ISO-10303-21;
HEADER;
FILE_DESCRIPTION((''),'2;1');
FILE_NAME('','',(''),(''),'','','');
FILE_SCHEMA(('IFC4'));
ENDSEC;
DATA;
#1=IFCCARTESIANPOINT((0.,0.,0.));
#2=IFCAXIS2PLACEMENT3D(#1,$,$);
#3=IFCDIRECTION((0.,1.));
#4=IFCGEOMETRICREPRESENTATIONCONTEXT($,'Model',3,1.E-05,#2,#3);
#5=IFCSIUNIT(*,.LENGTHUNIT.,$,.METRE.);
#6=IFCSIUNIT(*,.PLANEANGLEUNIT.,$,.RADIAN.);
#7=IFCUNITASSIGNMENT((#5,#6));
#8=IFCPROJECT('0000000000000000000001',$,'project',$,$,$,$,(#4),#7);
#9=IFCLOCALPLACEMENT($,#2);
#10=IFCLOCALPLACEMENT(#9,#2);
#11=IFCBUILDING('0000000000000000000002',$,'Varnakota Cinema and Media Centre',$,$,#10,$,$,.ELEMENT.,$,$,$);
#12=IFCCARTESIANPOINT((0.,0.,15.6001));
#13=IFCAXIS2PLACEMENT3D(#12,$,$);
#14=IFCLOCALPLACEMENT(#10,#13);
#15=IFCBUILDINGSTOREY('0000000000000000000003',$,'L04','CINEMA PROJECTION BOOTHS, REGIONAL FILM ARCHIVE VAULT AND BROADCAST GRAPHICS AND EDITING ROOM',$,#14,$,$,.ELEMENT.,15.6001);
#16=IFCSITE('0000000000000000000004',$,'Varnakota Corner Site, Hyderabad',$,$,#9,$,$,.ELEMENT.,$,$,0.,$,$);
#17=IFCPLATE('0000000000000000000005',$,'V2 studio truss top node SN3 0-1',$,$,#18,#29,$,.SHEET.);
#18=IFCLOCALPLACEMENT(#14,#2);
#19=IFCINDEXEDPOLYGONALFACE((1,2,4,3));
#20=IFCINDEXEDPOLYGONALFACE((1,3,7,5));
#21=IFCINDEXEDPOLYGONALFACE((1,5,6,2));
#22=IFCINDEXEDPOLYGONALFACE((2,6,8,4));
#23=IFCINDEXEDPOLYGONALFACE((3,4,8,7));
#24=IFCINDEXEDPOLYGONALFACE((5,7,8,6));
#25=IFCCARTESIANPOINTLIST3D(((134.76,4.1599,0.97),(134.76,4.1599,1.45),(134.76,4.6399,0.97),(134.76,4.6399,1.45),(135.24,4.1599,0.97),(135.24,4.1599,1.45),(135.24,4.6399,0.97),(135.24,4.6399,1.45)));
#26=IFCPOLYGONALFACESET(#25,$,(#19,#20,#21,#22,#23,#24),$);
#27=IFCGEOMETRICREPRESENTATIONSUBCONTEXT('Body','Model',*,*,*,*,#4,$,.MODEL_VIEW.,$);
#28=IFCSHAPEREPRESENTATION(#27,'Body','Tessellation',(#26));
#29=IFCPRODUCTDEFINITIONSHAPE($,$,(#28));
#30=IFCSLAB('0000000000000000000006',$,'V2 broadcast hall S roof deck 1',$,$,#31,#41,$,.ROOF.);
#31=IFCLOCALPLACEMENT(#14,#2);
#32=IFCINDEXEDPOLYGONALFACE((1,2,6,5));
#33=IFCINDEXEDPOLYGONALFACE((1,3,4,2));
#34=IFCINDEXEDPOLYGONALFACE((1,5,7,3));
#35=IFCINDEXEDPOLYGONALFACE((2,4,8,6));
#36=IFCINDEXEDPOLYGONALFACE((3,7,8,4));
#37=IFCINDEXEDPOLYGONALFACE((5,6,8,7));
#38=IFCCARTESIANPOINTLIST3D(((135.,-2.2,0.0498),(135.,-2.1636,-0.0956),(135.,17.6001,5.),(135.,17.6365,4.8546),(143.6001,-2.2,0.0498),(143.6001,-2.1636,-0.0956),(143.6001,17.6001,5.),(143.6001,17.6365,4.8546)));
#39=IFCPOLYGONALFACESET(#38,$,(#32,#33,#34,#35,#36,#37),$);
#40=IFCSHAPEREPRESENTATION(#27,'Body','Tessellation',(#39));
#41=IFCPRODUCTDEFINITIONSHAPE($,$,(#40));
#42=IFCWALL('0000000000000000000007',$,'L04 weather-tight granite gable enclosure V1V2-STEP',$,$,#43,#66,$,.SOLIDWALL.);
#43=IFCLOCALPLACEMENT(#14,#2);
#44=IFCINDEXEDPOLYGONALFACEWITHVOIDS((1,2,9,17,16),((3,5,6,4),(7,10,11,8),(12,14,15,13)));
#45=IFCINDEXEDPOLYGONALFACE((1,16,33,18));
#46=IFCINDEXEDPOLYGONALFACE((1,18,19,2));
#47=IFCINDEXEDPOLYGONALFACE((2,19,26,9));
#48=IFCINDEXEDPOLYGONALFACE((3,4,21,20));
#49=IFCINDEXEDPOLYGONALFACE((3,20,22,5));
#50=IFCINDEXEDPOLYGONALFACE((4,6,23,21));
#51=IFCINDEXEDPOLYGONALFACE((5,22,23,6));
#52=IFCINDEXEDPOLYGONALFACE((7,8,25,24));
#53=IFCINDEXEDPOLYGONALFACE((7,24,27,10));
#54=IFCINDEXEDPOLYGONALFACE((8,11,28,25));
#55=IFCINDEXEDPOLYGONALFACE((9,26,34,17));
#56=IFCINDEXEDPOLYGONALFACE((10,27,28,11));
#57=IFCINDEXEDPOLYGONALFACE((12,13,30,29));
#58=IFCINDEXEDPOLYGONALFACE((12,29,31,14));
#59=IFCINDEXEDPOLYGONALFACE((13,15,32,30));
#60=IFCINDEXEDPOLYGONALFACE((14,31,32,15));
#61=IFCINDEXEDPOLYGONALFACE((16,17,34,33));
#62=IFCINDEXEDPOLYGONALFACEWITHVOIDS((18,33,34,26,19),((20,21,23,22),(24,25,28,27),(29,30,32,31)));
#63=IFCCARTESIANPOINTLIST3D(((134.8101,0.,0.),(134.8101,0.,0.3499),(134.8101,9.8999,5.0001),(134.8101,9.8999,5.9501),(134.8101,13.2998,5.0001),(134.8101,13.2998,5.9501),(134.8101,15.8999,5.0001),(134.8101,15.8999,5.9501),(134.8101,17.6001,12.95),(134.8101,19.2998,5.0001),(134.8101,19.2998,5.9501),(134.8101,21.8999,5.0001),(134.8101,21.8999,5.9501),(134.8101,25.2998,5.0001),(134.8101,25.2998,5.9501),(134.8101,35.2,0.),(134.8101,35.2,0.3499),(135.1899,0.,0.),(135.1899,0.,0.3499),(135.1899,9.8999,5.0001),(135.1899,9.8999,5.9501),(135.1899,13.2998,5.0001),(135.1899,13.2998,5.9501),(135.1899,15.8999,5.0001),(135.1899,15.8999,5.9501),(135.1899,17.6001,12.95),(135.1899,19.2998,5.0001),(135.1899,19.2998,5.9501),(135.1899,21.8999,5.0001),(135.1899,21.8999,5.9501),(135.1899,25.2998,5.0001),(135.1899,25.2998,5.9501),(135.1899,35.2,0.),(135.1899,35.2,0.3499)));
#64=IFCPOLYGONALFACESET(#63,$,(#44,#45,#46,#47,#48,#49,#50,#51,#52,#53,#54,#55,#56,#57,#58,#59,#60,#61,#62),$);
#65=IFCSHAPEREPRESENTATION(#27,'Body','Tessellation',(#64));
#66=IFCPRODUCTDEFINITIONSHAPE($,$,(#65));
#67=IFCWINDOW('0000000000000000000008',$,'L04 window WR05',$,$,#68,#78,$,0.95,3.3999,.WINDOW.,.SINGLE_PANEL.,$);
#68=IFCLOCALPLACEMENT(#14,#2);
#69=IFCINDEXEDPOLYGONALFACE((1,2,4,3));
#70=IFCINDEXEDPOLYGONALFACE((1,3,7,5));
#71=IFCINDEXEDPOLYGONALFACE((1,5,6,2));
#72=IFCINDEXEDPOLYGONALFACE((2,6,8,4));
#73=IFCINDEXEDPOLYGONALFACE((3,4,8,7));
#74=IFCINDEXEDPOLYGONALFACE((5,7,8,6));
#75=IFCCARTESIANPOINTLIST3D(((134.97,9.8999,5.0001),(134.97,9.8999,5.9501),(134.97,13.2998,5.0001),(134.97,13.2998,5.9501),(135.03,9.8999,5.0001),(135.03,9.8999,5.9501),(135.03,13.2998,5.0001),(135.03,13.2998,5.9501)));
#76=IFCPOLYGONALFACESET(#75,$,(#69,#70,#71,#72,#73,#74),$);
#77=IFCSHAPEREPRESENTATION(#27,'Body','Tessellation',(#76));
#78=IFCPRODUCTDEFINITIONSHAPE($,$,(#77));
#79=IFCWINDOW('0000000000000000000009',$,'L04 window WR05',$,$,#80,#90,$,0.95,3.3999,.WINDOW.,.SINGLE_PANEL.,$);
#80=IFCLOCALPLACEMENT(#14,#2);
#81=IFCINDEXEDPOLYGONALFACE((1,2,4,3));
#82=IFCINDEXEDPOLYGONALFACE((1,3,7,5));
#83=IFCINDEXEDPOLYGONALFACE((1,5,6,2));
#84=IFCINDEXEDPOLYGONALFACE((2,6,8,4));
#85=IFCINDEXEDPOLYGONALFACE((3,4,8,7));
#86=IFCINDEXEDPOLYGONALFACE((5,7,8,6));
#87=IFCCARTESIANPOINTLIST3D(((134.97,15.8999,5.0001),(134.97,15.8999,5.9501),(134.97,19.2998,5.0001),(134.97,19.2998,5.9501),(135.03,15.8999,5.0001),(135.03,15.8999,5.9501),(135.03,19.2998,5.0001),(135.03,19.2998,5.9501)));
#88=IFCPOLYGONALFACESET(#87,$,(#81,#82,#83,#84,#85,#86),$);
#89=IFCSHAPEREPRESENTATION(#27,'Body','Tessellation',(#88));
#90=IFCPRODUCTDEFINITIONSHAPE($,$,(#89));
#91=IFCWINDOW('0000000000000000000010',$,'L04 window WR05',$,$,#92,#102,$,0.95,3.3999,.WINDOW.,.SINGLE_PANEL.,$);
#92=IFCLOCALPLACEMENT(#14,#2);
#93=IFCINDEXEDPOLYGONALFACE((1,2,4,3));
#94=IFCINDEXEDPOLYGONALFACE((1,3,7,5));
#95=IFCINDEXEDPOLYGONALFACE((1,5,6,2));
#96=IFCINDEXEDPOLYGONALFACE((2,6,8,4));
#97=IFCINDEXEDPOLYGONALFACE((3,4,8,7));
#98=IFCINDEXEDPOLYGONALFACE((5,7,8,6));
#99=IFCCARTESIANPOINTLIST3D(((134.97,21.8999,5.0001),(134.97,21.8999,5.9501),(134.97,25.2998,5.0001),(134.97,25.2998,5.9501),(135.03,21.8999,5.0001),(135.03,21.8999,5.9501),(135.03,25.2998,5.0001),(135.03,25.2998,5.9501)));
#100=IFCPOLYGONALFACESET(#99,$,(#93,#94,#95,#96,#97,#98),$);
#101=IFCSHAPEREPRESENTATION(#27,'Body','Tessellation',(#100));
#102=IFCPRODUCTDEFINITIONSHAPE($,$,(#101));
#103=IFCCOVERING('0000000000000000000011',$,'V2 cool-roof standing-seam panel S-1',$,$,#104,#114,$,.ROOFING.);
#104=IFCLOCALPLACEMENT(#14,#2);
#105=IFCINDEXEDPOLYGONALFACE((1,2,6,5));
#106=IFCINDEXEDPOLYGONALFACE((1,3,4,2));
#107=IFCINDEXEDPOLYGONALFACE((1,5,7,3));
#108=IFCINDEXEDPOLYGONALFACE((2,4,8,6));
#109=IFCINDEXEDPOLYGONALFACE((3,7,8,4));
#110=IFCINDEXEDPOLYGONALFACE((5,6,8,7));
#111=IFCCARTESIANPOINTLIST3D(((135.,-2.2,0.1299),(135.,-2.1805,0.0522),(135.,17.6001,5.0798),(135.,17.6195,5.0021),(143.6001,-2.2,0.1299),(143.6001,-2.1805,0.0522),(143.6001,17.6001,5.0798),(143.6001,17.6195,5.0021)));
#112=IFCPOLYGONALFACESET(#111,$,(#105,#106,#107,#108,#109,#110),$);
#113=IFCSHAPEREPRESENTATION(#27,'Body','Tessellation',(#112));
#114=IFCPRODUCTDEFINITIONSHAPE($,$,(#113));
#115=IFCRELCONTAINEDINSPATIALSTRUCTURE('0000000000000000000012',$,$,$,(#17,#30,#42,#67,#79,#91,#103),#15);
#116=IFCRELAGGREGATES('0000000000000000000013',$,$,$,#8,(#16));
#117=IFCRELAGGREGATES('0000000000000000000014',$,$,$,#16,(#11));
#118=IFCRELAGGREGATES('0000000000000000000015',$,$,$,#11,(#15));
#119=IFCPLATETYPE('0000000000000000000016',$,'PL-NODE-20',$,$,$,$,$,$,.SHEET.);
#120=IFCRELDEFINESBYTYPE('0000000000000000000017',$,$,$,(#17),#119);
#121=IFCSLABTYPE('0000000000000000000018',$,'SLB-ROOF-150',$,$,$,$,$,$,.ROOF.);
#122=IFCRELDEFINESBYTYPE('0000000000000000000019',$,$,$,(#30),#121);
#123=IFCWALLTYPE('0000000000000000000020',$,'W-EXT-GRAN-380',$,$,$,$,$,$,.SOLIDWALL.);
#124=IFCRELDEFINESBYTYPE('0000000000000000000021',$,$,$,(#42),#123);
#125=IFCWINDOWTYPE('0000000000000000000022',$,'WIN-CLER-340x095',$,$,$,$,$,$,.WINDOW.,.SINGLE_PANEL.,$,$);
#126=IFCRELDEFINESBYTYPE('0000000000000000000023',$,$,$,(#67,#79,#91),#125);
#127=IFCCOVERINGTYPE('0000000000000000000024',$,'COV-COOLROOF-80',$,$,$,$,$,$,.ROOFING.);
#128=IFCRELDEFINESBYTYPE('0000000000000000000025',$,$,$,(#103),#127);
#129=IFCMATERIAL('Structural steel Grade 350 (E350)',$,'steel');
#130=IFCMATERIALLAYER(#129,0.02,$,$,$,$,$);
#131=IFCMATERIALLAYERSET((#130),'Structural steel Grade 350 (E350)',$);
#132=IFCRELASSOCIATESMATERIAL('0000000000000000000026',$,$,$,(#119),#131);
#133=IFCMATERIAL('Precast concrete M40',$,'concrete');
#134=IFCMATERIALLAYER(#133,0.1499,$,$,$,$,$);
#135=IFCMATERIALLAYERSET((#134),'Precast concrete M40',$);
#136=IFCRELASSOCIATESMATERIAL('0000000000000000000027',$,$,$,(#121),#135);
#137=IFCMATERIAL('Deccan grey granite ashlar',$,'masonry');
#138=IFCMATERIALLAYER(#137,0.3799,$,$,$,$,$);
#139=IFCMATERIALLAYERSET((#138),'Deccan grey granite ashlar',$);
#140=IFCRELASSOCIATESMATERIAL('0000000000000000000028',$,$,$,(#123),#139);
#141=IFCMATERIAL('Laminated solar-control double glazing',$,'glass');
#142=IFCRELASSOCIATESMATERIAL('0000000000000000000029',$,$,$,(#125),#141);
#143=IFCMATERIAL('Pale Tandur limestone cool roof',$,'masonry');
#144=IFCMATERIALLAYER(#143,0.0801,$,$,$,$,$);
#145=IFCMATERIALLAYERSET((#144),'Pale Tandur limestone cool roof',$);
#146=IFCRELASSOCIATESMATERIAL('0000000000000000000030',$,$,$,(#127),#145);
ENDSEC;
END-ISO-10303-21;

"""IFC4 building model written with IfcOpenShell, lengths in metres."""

from ifc_helpers import new_model, si_unit, direction, frame, frame_2d, origin, origin_2d, place, context, subcontext, project, spatial, polyline, rectangle, outline, extrude, material, layer, layer_set, type_object, element, fill, save


model = new_model("IFC4")

# Units and contexts
model_context = context("Model", 3, precision=1e-05, world=origin(), true_north=direction((0.0, 1.0)))
body_context = subcontext(model_context, "Body", "Model", "MODEL_VIEW")
ifc_project = project(units=[si_unit("LENGTHUNIT", "METRE"), si_unit("PLANEANGLEUNIT", "RADIAN")], contexts=[model_context])

# Site, building, storey
site_placement = place(None, origin())
site = spatial("IfcSite", under=ifc_project, at=site_placement, Name="Varnakota Corner Site, Hyderabad", CompositionType="ELEMENT", RefElevation=0.0)
building_placement = place(site_placement, origin())
building = spatial("IfcBuilding", under=site, at=building_placement, Name="Varnakota Cinema and Media Centre", CompositionType="ELEMENT")
storey_placement = place(building_placement, frame((0.0, 0.0, 15.6001)))
storey = spatial("IfcBuildingStorey", under=building, at=storey_placement, Name="L04", Description="CINEMA PROJECTION BOOTHS, REGIONAL FILM ARCHIVE VAULT AND BROADCAST GRAPHICS AND EDITING ROOM", CompositionType="ELEMENT", Elevation=15.6001)

# Plate
ifc_material_1 = material(Name="Structural steel Grade 350 (E350)", Category="steel")
ifc_layer_1 = layer(ifc_material_1, 0.02)
ifc_layer_set_1 = layer_set([ifc_layer_1], Name="Structural steel Grade 350 (E350)")
plate_type_1 = type_object("IfcPlateType", Name="PL-NODE-20", PredefinedType="SHEET", material=ifc_layer_set_1)
for number, where, z_axis, x_axis, name in (
    (1, (135.0, 4.3999, 0.97), (0.0, 0.0, 1.0), (1.0, 0.0, 0.0), "V2 studio truss top node SN3 0-1"),
):
    element("IfcPlate", number, at=place(storey_placement, frame(where, z_axis=z_axis, x_axis=x_axis)), inside=storey, type_object=plate_type_1, Name=name, PredefinedType="SHEET", context=body_context, shape_type="SweptSolid", body=[
        extrude(rectangle(XDim=0.48, YDim=0.48, at=origin_2d()), origin(), (0.0, 0.0, 1.0), 0.48),
    ])

# Slab
ifc_material_2 = material(Name="Precast concrete M40", Category="concrete")
ifc_layer_2 = layer(ifc_material_2, 0.1499)
ifc_layer_set_2 = layer_set([ifc_layer_2], Name="Precast concrete M40")
slab_type = type_object("IfcSlabType", Name="SLB-ROOF-150", PredefinedType="ROOF", material=ifc_layer_set_2)
slab_placement = place(storey_placement, frame((135.0, -2.2, 0.0498), z_axis=(0.0, -0.242544, 0.97014), x_axis=(1.0, 0.0, 0.0)))
element("IfcSlab", 2, at=slab_placement, inside=storey, type_object=slab_type, Name="V2 broadcast hall S roof deck 1", PredefinedType="ROOF", context=body_context, shape_type="SweptSolid", body=[
    extrude(outline(polyline([(0.0, 0.0), (8.6001, 0.0), (8.6001, 20.4095), (0.0, 20.4095), (0.0, 0.0)])), origin(), (0.0, 0.0, -1.0), 0.1499),
])

# Wall, openings, windows
ifc_material_3 = material(Name="Deccan grey granite ashlar", Category="masonry")
ifc_layer_3 = layer(ifc_material_3, 0.3799)
ifc_layer_set_3 = layer_set([ifc_layer_3], Name="Deccan grey granite ashlar")
wall_type = type_object("IfcWallType", Name="W-EXT-GRAN-380", PredefinedType="SOLIDWALL", material=ifc_layer_set_3)
wall_placement = place(storey_placement, frame((135.0, 0.0, 0.0), z_axis=(0.0, 0.0, 1.0), x_axis=(0.0, 1.0, 0.0)))
wall = element("IfcWall", 3, at=wall_placement, inside=storey, type_object=wall_type, Name="L04 weather-tight granite gable enclosure V1V2-STEP", PredefinedType="SOLIDWALL", context=body_context, shape_type="SweptSolid", body=[
    extrude(outline(polyline([(0.0, 0.0), (35.2, 0.0), (35.2, 0.3499), (17.6001, 12.95), (0.0, 0.3499), (0.0, 0.0)])), frame((0.0, 0.1899, 0.0), z_axis=(0.0, -1.0, 0.0), x_axis=(1.0, 0.0, 0.0)), (0.0, 0.0, 1.0), 0.3799),
])
opening_1_placement = place(wall_placement, frame((9.8999, 0.0, 5.0)))
opening_1 = element("IfcOpeningElement", 4, at=opening_1_placement, cuts=wall, PredefinedType="OPENING", context=body_context, shape_type="SweptSolid", body=[
    extrude(rectangle(XDim=3.3999, YDim=0.95, at=frame_2d((1.7, 0.4751))), frame((0.0, 0.1899, 0.0), z_axis=(0.0, -1.0, 0.0), x_axis=(1.0, 0.0, 0.0)), (0.0, 0.0, 1.0), 0.3799),
])
opening_2_placement = place(wall_placement, frame((15.8999, 0.0, 5.0)))
opening_2 = element("IfcOpeningElement", 5, at=opening_2_placement, cuts=wall, PredefinedType="OPENING", context=body_context, shape_type="SweptSolid", body=[
    extrude(rectangle(XDim=3.3999, YDim=0.95, at=frame_2d((1.7, 0.4751))), frame((0.0, 0.1899, 0.0), z_axis=(0.0, -1.0, 0.0), x_axis=(1.0, 0.0, 0.0)), (0.0, 0.0, 1.0), 0.3799),
])
opening_3_placement = place(wall_placement, frame((21.8999, 0.0, 5.0)))
opening_3 = element("IfcOpeningElement", 6, at=opening_3_placement, cuts=wall, PredefinedType="OPENING", context=body_context, shape_type="SweptSolid", body=[
    extrude(rectangle(XDim=3.3999, YDim=0.95, at=frame_2d((1.7, 0.4751))), frame((0.0, 0.1899, 0.0), z_axis=(0.0, -1.0, 0.0), x_axis=(1.0, 0.0, 0.0)), (0.0, 0.0, 1.0), 0.3799),
])
ifc_material_4 = material(Name="Laminated solar-control double glazing", Category="glass")
window_type = type_object("IfcWindowType", Name="WIN-CLER-340x095", PartitioningType="SINGLE_PANEL", PredefinedType="WINDOW", material=ifc_material_4)
window_1_placement = place(opening_1_placement, origin())
window_1 = element("IfcWindow", 7, at=window_1_placement, inside=storey, type_object=window_type, Name="L04 window WR05", OverallHeight=0.95, OverallWidth=3.3999, PartitioningType="SINGLE_PANEL", PredefinedType="WINDOW", context=body_context, shape_type="SweptSolid", body=[
    extrude(rectangle(XDim=3.3999, YDim=0.95, at=frame_2d((1.7, 0.4751))), frame((0.0, 0.03, 0.0), z_axis=(0.0, -1.0, 0.0), x_axis=(1.0, 0.0, 0.0)), (0.0, 0.0, 1.0), 0.0601),
])
fill(opening_1, window_1)
window_2_placement = place(opening_2_placement, origin())
window_2 = element("IfcWindow", 8, at=window_2_placement, inside=storey, type_object=window_type, Name="L04 window WR05", OverallHeight=0.95, OverallWidth=3.3999, PartitioningType="SINGLE_PANEL", PredefinedType="WINDOW", context=body_context, shape_type="SweptSolid", body=[
    extrude(rectangle(XDim=3.3999, YDim=0.95, at=frame_2d((1.7, 0.4751))), frame((0.0, 0.03, 0.0), z_axis=(0.0, -1.0, 0.0), x_axis=(1.0, 0.0, 0.0)), (0.0, 0.0, 1.0), 0.0601),
])
fill(opening_2, window_2)
window_3_placement = place(opening_3_placement, origin())
window_3 = element("IfcWindow", 9, at=window_3_placement, inside=storey, type_object=window_type, Name="L04 window WR05", OverallHeight=0.95, OverallWidth=3.3999, PartitioningType="SINGLE_PANEL", PredefinedType="WINDOW", context=body_context, shape_type="SweptSolid", body=[
    extrude(rectangle(XDim=3.3999, YDim=0.95, at=frame_2d((1.7, 0.4751))), frame((0.0, 0.03, 0.0), z_axis=(0.0, -1.0, 0.0), x_axis=(1.0, 0.0, 0.0)), (0.0, 0.0, 1.0), 0.0601),
])
fill(opening_3, window_3)

# Covering
ifc_material_5 = material(Name="Pale Tandur limestone cool roof", Category="masonry")
ifc_layer_4 = layer(ifc_material_5, 0.0801)
ifc_layer_set_4 = layer_set([ifc_layer_4], Name="Pale Tandur limestone cool roof")
covering_type = type_object("IfcCoveringType", Name="COV-COOLROOF-80", PredefinedType="ROOFING", material=ifc_layer_set_4)
covering_placement = place(storey_placement, frame((135.0, -2.2, 0.1299), z_axis=(0.0, -0.242533, 0.970143), x_axis=(1.0, 0.0, 0.0)))
element("IfcCovering", 10, at=covering_placement, inside=storey, type_object=covering_type, Name="V2 cool-roof standing-seam panel S-1", PredefinedType="ROOFING", context=body_context, shape_type="SweptSolid", body=[
    extrude(outline(polyline([(0.0, 0.0), (8.6001, 0.0), (8.6001, 20.4094), (0.0, 20.4094), (0.0, 0.0)])), origin(), (0.0, 0.0, -1.0), 0.0801),
])

save(model, "model.ifc")
